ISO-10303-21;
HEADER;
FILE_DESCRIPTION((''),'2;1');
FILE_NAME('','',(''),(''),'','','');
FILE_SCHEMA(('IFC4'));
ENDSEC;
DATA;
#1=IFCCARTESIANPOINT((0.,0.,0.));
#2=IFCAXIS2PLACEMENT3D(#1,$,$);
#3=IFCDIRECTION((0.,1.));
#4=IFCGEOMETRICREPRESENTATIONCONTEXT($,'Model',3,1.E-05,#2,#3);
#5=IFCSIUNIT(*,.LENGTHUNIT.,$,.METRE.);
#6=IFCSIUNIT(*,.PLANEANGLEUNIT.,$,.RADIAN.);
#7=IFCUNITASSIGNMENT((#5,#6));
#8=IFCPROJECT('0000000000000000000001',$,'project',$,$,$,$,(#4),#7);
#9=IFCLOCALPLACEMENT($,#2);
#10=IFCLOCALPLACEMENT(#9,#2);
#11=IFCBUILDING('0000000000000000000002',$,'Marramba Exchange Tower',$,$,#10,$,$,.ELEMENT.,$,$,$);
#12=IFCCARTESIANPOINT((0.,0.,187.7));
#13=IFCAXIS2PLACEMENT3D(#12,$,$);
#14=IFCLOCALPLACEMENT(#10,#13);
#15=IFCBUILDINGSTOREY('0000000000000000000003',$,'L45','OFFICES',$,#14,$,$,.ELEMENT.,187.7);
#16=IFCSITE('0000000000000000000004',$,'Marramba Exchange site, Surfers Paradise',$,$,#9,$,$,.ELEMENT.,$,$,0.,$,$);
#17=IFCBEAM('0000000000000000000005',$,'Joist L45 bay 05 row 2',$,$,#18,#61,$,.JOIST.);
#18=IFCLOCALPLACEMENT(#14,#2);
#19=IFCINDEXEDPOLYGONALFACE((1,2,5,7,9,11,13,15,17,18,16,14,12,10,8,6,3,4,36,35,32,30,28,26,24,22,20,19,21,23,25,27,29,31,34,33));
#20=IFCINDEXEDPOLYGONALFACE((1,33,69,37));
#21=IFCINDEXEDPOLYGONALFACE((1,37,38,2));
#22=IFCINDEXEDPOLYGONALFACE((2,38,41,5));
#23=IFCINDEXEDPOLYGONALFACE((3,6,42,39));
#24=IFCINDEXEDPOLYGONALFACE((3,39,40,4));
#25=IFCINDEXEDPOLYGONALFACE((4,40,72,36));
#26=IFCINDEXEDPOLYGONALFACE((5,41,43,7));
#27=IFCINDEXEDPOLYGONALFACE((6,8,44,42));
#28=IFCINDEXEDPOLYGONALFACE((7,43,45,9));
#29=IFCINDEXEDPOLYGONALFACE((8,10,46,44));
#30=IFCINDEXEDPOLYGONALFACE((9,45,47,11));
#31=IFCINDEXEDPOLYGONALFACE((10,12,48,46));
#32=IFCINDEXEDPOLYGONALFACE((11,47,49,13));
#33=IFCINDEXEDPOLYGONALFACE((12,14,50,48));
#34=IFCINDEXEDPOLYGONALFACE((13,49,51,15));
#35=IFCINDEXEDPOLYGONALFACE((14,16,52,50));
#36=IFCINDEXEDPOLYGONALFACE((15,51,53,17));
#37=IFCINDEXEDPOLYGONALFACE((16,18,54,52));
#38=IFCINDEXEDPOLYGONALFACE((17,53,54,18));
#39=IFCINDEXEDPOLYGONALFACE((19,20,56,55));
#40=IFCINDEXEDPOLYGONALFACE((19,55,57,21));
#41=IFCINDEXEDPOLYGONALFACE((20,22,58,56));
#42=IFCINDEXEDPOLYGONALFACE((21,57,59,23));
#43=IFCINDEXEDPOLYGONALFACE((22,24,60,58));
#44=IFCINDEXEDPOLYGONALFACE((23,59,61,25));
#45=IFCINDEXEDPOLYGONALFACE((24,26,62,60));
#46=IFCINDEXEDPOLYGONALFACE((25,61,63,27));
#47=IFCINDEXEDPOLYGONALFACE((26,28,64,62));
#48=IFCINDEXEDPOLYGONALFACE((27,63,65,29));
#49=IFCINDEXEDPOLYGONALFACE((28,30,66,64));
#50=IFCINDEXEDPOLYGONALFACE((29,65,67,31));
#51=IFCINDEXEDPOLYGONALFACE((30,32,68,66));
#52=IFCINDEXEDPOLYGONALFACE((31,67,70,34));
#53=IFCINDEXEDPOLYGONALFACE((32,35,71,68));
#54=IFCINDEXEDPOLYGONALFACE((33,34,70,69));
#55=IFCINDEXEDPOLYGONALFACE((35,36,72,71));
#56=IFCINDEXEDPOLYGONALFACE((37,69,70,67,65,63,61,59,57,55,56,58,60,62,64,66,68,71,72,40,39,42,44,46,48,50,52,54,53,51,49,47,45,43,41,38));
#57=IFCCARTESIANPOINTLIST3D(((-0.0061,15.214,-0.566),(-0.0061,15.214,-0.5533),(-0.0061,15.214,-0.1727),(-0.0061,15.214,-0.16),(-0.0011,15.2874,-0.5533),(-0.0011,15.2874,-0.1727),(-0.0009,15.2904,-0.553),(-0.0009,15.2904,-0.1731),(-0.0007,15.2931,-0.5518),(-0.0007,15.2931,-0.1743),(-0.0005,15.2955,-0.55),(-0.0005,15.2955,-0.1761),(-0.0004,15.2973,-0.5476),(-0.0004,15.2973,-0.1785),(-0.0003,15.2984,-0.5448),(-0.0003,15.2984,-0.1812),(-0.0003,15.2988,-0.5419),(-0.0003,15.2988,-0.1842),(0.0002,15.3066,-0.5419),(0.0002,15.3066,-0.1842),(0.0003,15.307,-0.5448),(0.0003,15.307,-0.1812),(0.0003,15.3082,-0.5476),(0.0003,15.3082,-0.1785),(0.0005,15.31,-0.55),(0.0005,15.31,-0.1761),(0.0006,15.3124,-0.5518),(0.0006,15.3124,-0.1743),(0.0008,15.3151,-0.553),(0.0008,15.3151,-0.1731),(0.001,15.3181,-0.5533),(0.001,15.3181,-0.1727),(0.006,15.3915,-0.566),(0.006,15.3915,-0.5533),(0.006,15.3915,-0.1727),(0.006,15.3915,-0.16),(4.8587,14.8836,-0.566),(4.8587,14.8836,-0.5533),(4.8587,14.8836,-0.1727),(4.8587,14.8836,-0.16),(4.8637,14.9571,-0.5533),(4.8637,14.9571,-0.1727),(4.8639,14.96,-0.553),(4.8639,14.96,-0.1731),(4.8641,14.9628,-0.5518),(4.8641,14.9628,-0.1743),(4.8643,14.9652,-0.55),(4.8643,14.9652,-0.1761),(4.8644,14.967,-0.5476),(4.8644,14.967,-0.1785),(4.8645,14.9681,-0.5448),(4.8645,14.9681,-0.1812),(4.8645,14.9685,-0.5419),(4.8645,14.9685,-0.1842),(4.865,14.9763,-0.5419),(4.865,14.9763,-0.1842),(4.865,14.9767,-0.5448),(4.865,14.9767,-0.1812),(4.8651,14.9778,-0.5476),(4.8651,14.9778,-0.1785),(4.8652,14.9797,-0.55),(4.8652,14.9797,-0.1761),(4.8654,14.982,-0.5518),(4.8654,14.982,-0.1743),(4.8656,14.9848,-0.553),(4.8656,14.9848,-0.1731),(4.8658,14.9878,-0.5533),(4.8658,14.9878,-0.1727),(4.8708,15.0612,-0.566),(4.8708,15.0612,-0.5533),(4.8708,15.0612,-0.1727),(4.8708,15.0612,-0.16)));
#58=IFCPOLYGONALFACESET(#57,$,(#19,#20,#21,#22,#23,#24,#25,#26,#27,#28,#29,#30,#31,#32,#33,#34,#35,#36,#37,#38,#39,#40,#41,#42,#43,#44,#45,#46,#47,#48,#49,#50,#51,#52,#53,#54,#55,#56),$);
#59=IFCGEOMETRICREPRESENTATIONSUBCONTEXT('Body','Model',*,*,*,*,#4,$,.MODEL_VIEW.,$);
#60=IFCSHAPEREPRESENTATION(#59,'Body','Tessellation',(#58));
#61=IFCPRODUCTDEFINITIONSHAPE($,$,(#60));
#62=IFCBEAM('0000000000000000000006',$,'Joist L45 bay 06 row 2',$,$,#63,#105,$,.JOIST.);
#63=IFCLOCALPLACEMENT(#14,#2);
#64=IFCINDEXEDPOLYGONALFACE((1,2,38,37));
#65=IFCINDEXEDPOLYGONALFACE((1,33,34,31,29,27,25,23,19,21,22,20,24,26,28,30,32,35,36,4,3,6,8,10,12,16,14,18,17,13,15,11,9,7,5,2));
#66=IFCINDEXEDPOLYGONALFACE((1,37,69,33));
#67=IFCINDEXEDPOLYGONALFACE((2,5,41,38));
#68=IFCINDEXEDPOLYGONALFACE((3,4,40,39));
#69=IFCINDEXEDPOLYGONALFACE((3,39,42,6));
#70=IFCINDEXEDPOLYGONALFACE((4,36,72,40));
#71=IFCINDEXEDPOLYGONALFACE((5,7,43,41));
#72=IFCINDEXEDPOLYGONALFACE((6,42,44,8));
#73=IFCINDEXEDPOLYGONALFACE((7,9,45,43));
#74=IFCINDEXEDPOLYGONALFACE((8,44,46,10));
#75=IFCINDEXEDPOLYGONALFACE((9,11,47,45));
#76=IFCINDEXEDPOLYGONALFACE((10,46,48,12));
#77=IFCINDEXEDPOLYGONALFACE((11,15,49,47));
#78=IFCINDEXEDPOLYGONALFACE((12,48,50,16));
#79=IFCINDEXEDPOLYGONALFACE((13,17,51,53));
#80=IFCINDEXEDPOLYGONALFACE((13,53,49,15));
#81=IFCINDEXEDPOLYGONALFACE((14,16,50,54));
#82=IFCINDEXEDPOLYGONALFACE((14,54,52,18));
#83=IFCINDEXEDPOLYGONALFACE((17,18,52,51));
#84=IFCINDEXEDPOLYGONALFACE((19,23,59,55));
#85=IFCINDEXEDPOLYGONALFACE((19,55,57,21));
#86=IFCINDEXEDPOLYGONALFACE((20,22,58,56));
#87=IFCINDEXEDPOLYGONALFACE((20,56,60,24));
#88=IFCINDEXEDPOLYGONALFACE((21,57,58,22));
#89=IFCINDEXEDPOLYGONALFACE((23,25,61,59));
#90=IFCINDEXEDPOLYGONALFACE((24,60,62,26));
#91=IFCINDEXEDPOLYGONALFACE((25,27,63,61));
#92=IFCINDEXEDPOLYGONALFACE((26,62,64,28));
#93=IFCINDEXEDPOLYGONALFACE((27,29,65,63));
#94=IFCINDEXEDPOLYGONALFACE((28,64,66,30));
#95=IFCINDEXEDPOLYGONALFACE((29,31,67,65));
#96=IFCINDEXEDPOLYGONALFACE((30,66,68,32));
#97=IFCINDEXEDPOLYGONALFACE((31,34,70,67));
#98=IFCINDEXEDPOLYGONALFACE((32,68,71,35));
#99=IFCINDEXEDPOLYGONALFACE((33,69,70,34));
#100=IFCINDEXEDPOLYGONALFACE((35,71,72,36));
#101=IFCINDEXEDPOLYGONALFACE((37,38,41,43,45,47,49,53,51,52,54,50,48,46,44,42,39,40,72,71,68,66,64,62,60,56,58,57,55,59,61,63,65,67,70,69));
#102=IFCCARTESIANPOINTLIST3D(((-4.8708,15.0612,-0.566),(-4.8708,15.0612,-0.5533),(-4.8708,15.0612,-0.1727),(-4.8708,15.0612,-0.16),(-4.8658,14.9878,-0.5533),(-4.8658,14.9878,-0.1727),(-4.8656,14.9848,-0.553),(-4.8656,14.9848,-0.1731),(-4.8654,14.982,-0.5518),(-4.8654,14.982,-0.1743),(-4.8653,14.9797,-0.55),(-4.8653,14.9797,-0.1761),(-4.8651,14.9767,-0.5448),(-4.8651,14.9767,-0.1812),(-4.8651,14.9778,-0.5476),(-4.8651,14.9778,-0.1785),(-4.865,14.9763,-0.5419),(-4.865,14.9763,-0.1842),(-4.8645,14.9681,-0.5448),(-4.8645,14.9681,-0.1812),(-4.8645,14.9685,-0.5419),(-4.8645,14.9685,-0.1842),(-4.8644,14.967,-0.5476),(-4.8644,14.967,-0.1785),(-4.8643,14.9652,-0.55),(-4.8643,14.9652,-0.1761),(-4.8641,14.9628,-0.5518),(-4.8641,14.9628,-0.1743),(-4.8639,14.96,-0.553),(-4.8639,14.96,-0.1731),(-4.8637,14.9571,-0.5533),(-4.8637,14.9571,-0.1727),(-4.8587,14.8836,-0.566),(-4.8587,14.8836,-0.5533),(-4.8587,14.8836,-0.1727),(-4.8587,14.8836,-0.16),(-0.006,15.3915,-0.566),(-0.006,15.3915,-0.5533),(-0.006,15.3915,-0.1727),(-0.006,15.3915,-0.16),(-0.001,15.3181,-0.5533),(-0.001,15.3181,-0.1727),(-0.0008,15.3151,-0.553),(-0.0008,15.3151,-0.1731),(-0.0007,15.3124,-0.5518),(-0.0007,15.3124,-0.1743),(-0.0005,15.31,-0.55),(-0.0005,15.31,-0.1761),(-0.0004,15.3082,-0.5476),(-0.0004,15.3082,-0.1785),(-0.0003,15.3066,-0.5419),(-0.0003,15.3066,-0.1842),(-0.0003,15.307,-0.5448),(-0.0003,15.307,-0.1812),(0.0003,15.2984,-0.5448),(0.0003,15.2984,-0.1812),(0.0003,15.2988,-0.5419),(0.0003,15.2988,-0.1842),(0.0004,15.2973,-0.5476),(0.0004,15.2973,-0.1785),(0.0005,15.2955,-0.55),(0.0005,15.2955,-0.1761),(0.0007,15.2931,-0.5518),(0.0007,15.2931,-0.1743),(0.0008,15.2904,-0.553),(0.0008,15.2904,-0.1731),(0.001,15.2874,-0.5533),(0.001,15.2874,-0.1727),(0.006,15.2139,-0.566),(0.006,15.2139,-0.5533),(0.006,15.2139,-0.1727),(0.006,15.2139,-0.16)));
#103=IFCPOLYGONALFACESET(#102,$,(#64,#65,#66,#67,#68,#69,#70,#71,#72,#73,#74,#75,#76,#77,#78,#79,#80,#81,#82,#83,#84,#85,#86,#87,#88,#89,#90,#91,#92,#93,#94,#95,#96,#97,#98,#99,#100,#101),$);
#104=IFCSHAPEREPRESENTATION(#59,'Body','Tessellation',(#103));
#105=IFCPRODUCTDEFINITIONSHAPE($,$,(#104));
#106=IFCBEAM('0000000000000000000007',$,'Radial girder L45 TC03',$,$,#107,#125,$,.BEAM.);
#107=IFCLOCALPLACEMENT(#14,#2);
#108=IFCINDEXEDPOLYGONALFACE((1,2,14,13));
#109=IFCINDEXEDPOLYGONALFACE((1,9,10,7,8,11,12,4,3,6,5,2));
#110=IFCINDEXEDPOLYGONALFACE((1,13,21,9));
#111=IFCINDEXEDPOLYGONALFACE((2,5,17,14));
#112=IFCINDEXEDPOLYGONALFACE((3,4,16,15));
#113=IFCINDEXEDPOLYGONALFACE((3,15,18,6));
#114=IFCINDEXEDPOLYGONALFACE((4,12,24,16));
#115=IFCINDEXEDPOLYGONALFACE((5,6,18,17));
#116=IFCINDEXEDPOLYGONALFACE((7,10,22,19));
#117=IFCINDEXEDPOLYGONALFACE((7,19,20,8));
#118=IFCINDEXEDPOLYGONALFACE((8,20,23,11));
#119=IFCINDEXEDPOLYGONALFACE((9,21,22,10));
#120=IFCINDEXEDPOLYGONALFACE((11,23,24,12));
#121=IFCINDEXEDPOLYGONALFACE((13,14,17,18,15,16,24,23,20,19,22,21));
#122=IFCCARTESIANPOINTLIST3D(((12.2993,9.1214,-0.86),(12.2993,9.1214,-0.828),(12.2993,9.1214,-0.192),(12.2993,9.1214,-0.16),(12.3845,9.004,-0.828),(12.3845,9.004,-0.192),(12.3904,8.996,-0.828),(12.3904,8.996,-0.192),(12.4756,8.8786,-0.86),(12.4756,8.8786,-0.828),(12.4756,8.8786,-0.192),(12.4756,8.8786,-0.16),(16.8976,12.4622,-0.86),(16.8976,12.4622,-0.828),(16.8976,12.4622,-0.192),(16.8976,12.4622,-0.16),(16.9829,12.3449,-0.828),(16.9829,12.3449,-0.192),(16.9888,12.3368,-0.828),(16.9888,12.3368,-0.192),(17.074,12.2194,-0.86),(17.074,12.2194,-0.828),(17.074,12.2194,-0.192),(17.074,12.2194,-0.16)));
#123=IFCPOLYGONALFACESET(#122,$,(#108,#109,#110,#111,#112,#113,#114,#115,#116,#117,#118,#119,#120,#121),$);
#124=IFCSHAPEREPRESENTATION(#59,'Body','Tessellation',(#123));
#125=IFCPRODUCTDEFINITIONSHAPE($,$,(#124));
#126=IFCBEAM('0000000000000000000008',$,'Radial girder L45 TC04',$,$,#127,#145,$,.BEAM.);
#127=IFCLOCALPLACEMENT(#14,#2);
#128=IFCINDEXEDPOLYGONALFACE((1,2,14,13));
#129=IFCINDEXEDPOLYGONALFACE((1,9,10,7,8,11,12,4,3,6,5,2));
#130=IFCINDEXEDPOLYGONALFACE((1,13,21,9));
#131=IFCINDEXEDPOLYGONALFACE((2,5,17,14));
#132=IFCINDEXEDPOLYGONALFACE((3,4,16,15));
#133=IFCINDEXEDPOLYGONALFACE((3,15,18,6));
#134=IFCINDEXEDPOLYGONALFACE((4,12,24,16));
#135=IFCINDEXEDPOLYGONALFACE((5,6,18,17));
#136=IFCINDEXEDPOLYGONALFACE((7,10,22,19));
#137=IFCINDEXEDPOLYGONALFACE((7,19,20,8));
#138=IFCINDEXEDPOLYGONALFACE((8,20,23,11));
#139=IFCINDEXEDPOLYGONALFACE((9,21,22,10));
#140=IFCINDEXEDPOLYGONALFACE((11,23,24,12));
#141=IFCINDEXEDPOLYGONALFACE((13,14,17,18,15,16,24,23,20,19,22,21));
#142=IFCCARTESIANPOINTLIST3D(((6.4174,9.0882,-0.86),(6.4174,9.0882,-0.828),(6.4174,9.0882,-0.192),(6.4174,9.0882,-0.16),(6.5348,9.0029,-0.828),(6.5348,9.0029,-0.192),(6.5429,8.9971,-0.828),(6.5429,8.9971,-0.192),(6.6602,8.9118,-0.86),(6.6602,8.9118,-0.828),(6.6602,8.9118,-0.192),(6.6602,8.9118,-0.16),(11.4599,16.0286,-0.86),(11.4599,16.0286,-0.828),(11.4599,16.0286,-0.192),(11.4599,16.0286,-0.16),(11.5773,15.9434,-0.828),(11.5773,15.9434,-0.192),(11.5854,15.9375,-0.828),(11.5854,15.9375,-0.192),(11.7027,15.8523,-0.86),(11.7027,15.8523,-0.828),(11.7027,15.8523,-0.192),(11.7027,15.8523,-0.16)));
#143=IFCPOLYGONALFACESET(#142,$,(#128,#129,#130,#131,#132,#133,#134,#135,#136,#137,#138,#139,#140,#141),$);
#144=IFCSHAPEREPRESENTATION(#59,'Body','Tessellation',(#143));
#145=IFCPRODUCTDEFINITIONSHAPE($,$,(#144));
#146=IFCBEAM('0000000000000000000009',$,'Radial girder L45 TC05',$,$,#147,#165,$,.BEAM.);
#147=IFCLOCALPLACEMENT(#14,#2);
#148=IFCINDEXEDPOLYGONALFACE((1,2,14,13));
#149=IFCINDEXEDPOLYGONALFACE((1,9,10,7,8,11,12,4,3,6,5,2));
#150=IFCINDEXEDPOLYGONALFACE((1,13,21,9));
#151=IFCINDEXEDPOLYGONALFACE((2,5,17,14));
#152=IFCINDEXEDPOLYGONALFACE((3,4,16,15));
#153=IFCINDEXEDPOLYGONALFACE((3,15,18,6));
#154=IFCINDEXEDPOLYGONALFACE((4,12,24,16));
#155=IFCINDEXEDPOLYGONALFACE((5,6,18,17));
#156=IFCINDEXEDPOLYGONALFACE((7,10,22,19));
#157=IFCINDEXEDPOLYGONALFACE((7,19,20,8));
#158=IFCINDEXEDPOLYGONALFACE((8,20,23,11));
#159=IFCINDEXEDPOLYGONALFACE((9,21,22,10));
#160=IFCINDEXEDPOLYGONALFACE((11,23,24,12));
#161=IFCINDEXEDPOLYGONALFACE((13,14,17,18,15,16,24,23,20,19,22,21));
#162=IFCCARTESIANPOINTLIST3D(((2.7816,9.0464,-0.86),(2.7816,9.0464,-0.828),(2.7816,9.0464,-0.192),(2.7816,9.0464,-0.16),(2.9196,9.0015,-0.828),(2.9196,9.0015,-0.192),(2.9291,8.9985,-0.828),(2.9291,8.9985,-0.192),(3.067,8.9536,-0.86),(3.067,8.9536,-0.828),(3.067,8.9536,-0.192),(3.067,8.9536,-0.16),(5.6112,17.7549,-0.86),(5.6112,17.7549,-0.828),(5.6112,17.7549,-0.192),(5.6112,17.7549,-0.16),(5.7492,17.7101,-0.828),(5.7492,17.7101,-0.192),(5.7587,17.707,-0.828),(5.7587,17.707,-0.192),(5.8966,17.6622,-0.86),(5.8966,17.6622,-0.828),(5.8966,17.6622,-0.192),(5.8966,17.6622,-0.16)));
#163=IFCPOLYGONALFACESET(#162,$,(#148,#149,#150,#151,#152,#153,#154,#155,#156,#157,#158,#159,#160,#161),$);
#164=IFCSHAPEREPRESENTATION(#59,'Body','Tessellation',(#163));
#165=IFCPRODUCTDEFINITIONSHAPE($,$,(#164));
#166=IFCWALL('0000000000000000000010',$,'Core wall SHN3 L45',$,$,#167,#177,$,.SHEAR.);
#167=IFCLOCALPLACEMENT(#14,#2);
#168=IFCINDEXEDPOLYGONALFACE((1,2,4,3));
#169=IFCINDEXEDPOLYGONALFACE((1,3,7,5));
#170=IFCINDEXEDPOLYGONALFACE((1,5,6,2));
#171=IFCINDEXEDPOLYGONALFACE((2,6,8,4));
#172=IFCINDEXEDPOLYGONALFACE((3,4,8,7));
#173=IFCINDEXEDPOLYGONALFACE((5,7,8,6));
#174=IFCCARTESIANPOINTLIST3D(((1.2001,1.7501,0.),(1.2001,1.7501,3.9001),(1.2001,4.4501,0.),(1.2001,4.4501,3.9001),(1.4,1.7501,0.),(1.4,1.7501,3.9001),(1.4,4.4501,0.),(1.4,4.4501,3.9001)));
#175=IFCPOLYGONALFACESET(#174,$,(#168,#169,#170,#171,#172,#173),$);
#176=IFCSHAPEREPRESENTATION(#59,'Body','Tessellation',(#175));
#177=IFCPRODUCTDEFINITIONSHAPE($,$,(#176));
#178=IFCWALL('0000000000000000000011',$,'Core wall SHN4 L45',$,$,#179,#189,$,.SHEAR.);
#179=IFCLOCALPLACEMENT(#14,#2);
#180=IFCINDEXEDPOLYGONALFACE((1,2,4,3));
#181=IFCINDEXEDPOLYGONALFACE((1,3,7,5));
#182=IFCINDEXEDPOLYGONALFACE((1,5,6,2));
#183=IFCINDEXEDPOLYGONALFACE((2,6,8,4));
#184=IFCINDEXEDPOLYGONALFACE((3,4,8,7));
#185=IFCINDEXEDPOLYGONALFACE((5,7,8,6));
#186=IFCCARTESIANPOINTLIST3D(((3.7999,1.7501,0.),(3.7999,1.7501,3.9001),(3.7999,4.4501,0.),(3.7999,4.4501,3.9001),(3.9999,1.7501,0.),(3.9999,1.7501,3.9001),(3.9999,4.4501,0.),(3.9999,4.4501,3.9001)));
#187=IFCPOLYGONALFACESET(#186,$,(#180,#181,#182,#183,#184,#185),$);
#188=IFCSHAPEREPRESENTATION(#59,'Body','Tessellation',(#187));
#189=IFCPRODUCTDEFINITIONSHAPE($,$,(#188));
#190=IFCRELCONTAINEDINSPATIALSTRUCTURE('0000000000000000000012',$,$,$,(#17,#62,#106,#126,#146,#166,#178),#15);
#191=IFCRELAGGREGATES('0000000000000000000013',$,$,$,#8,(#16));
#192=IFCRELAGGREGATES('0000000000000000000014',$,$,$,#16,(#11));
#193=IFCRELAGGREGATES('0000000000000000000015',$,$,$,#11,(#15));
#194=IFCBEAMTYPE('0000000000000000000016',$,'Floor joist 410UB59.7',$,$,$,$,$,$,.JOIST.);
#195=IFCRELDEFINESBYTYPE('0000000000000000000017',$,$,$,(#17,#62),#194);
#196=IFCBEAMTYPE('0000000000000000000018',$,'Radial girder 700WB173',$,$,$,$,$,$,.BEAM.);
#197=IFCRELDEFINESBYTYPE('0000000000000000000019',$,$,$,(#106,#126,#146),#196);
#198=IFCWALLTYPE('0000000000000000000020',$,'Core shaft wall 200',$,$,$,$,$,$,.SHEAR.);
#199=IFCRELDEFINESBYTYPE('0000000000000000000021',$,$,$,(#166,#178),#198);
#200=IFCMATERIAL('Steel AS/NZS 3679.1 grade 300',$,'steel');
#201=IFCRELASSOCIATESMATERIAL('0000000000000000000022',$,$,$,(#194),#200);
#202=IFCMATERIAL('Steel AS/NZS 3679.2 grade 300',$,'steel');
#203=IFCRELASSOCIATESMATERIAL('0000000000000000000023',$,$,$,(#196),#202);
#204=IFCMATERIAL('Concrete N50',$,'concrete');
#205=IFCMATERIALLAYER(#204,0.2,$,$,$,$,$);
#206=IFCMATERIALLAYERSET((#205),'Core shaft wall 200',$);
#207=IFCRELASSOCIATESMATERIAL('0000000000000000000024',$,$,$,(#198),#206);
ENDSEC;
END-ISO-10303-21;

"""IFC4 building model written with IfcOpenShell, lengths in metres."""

from ifc_helpers import new_model, si_unit, direction, frame, frame_2d, origin, origin_2d, place, context, subcontext, project, spatial, rectangle, i_section, extrude, material, layer, layer_set, material_profile, profile_set, type_object, element, save


model = new_model("IFC4")

# Units and contexts
model_context = context("Model", 3, precision=1e-05, world=origin(), true_north=direction((0.0, 1.0)))
body_context = subcontext(model_context, "Body", "Model", "MODEL_VIEW")
ifc_project = project(units=[si_unit("LENGTHUNIT", "METRE"), si_unit("PLANEANGLEUNIT", "RADIAN")], contexts=[model_context])

# Site, building, storey
site_placement = place(None, origin())
site = spatial("IfcSite", under=ifc_project, at=site_placement, Name="Marramba Exchange site, Surfers Paradise", CompositionType="ELEMENT", RefElevation=0.0)
building_placement = place(site_placement, origin())
building = spatial("IfcBuilding", under=site, at=building_placement, Name="Marramba Exchange Tower", CompositionType="ELEMENT")
storey_placement = place(building_placement, frame((0.0, 0.0, 187.7)))
storey = spatial("IfcBuildingStorey", under=building, at=storey_placement, Name="L45", Description="OFFICES", CompositionType="ELEMENT", Elevation=187.7)

# Beams
ifc_material_1 = material(Name="Steel AS/NZS 3679.1 grade 300", Category="steel")
ifc_material_profile_1 = material_profile(ifc_material_1, i_section(OverallWidth=0.178, OverallDepth=0.406, WebThickness=0.0078, FlangeThickness=0.0127, FilletRadius=0.0115, at=origin_2d()), Name="410UB59.7")
ifc_profile_set_1 = profile_set([ifc_material_profile_1], Name="Steel AS/NZS 3679.1 grade 300")
beam_type_1 = type_object("IfcBeamType", Name="Floor joist 410UB59.7", PredefinedType="JOIST", material=ifc_profile_set_1)
for number, where, z_axis, x_axis, name in (
    (1, (4.8647, 14.9724, -0.363), (-0.997703, 0.067745, 0.0), (-0.067745, -0.997703, 0.0), "Joist L45 bay 05 row 2"),
    (2, (0.0, 15.3027, -0.363), (-0.997703, -0.067745, 0.0), (0.067745, -0.997703, 0.0), "Joist L45 bay 06 row 2"),
):
    element("IfcBeam", number, at=place(storey_placement, frame(where, z_axis=z_axis, x_axis=x_axis)), inside=storey, type_object=beam_type_1, Name=name, PredefinedType="JOIST", context=body_context, shape_type="SweptSolid", body=[
        extrude(i_section(OverallWidth=0.178, OverallDepth=0.406, WebThickness=0.0078, FlangeThickness=0.0127, FilletRadius=0.0115, at=origin_2d()), origin(), (0.0, 0.0, 1.0), 4.876),
    ])
ifc_material_2 = material(Name="Steel AS/NZS 3679.2 grade 300", Category="steel")
ifc_material_profile_2 = material_profile(ifc_material_2, i_section(OverallWidth=0.3, OverallDepth=0.7, WebThickness=0.01, FlangeThickness=0.032, at=origin_2d()), Name="700WB173")
ifc_profile_set_2 = profile_set([ifc_material_profile_2], Name="Steel AS/NZS 3679.2 grade 300")
beam_type_2 = type_object("IfcBeamType", Name="Radial girder 700WB173", PredefinedType="BEAM", material=ifc_profile_set_2)
beam_1_placement = place(storey_placement, frame((12.3875, 9.0, -0.51), z_axis=(0.809026, 0.587773, 0.0), x_axis=(-0.587773, 0.809026, 0.0)))
element("IfcBeam", 3, at=beam_1_placement, inside=storey, type_object=beam_type_2, Name="Radial girder L45 TC03", PredefinedType="BEAM", context=body_context, shape_type="SweptSolid", body=[
    extrude(i_section(OverallWidth=0.3, OverallDepth=0.7, WebThickness=0.01, FlangeThickness=0.032, at=origin_2d()), origin(), (0.0, 0.0, 1.0), 5.6838),
])
beam_2_placement = place(storey_placement, frame((6.5388, 9.0, -0.51), z_axis=(0.587782, 0.809019, 0.0), x_axis=(-0.809019, 0.587782, 0.0)))
element("IfcBeam", 4, at=beam_2_placement, inside=storey, type_object=beam_type_2, Name="Radial girder L45 TC04", PredefinedType="BEAM", context=body_context, shape_type="SweptSolid", body=[
    extrude(i_section(OverallWidth=0.3, OverallDepth=0.7, WebThickness=0.01, FlangeThickness=0.032, at=origin_2d()), origin(), (0.0, 0.0, 1.0), 8.5789),
])
beam_3_placement = place(storey_placement, frame((2.9243, 9.0, -0.51), z_axis=(0.30902, 0.951056, 0.0), x_axis=(-0.951056, 0.30902, 0.0)))
element("IfcBeam", 5, at=beam_3_placement, inside=storey, type_object=beam_type_2, Name="Radial girder L45 TC05", PredefinedType="BEAM", context=body_context, shape_type="SweptSolid", body=[
    extrude(i_section(OverallWidth=0.3, OverallDepth=0.7, WebThickness=0.01, FlangeThickness=0.032, at=origin_2d()), origin(), (0.0, 0.0, 1.0), 9.1567),
])

# Walls
ifc_material_3 = material(Name="Concrete N50", Category="concrete")
ifc_layer_1 = layer(ifc_material_3, 0.2)
ifc_layer_set_1 = layer_set([ifc_layer_1], Name="Core shaft wall 200")
wall_type_1 = type_object("IfcWallType", Name="Core shaft wall 200", PredefinedType="SHEAR", material=ifc_layer_set_1)
for number, where, z_axis, x_axis, name in (
    (6, (1.3, 1.75, 0.0), (0.0, 0.0, 1.0), (0.0, 1.0, 0.0), "Core wall SHN3 L45"),
    (7, (3.8999, 1.75, 0.0), (0.0, 0.0, 1.0), (0.0, 1.0, 0.0), "Core wall SHN4 L45"),
):
    element("IfcWall", number, at=place(storey_placement, frame(where, z_axis=z_axis, x_axis=x_axis)), inside=storey, type_object=wall_type_1, Name=name, PredefinedType="SHEAR", context=body_context, shape_type="SweptSolid", body=[
        extrude(rectangle(XDim=2.7, YDim=0.2, at=frame_2d((1.3501, 0.0))), origin(), (0.0, 0.0, 1.0), 3.9001),
    ])

save(model, "model.ifc")
